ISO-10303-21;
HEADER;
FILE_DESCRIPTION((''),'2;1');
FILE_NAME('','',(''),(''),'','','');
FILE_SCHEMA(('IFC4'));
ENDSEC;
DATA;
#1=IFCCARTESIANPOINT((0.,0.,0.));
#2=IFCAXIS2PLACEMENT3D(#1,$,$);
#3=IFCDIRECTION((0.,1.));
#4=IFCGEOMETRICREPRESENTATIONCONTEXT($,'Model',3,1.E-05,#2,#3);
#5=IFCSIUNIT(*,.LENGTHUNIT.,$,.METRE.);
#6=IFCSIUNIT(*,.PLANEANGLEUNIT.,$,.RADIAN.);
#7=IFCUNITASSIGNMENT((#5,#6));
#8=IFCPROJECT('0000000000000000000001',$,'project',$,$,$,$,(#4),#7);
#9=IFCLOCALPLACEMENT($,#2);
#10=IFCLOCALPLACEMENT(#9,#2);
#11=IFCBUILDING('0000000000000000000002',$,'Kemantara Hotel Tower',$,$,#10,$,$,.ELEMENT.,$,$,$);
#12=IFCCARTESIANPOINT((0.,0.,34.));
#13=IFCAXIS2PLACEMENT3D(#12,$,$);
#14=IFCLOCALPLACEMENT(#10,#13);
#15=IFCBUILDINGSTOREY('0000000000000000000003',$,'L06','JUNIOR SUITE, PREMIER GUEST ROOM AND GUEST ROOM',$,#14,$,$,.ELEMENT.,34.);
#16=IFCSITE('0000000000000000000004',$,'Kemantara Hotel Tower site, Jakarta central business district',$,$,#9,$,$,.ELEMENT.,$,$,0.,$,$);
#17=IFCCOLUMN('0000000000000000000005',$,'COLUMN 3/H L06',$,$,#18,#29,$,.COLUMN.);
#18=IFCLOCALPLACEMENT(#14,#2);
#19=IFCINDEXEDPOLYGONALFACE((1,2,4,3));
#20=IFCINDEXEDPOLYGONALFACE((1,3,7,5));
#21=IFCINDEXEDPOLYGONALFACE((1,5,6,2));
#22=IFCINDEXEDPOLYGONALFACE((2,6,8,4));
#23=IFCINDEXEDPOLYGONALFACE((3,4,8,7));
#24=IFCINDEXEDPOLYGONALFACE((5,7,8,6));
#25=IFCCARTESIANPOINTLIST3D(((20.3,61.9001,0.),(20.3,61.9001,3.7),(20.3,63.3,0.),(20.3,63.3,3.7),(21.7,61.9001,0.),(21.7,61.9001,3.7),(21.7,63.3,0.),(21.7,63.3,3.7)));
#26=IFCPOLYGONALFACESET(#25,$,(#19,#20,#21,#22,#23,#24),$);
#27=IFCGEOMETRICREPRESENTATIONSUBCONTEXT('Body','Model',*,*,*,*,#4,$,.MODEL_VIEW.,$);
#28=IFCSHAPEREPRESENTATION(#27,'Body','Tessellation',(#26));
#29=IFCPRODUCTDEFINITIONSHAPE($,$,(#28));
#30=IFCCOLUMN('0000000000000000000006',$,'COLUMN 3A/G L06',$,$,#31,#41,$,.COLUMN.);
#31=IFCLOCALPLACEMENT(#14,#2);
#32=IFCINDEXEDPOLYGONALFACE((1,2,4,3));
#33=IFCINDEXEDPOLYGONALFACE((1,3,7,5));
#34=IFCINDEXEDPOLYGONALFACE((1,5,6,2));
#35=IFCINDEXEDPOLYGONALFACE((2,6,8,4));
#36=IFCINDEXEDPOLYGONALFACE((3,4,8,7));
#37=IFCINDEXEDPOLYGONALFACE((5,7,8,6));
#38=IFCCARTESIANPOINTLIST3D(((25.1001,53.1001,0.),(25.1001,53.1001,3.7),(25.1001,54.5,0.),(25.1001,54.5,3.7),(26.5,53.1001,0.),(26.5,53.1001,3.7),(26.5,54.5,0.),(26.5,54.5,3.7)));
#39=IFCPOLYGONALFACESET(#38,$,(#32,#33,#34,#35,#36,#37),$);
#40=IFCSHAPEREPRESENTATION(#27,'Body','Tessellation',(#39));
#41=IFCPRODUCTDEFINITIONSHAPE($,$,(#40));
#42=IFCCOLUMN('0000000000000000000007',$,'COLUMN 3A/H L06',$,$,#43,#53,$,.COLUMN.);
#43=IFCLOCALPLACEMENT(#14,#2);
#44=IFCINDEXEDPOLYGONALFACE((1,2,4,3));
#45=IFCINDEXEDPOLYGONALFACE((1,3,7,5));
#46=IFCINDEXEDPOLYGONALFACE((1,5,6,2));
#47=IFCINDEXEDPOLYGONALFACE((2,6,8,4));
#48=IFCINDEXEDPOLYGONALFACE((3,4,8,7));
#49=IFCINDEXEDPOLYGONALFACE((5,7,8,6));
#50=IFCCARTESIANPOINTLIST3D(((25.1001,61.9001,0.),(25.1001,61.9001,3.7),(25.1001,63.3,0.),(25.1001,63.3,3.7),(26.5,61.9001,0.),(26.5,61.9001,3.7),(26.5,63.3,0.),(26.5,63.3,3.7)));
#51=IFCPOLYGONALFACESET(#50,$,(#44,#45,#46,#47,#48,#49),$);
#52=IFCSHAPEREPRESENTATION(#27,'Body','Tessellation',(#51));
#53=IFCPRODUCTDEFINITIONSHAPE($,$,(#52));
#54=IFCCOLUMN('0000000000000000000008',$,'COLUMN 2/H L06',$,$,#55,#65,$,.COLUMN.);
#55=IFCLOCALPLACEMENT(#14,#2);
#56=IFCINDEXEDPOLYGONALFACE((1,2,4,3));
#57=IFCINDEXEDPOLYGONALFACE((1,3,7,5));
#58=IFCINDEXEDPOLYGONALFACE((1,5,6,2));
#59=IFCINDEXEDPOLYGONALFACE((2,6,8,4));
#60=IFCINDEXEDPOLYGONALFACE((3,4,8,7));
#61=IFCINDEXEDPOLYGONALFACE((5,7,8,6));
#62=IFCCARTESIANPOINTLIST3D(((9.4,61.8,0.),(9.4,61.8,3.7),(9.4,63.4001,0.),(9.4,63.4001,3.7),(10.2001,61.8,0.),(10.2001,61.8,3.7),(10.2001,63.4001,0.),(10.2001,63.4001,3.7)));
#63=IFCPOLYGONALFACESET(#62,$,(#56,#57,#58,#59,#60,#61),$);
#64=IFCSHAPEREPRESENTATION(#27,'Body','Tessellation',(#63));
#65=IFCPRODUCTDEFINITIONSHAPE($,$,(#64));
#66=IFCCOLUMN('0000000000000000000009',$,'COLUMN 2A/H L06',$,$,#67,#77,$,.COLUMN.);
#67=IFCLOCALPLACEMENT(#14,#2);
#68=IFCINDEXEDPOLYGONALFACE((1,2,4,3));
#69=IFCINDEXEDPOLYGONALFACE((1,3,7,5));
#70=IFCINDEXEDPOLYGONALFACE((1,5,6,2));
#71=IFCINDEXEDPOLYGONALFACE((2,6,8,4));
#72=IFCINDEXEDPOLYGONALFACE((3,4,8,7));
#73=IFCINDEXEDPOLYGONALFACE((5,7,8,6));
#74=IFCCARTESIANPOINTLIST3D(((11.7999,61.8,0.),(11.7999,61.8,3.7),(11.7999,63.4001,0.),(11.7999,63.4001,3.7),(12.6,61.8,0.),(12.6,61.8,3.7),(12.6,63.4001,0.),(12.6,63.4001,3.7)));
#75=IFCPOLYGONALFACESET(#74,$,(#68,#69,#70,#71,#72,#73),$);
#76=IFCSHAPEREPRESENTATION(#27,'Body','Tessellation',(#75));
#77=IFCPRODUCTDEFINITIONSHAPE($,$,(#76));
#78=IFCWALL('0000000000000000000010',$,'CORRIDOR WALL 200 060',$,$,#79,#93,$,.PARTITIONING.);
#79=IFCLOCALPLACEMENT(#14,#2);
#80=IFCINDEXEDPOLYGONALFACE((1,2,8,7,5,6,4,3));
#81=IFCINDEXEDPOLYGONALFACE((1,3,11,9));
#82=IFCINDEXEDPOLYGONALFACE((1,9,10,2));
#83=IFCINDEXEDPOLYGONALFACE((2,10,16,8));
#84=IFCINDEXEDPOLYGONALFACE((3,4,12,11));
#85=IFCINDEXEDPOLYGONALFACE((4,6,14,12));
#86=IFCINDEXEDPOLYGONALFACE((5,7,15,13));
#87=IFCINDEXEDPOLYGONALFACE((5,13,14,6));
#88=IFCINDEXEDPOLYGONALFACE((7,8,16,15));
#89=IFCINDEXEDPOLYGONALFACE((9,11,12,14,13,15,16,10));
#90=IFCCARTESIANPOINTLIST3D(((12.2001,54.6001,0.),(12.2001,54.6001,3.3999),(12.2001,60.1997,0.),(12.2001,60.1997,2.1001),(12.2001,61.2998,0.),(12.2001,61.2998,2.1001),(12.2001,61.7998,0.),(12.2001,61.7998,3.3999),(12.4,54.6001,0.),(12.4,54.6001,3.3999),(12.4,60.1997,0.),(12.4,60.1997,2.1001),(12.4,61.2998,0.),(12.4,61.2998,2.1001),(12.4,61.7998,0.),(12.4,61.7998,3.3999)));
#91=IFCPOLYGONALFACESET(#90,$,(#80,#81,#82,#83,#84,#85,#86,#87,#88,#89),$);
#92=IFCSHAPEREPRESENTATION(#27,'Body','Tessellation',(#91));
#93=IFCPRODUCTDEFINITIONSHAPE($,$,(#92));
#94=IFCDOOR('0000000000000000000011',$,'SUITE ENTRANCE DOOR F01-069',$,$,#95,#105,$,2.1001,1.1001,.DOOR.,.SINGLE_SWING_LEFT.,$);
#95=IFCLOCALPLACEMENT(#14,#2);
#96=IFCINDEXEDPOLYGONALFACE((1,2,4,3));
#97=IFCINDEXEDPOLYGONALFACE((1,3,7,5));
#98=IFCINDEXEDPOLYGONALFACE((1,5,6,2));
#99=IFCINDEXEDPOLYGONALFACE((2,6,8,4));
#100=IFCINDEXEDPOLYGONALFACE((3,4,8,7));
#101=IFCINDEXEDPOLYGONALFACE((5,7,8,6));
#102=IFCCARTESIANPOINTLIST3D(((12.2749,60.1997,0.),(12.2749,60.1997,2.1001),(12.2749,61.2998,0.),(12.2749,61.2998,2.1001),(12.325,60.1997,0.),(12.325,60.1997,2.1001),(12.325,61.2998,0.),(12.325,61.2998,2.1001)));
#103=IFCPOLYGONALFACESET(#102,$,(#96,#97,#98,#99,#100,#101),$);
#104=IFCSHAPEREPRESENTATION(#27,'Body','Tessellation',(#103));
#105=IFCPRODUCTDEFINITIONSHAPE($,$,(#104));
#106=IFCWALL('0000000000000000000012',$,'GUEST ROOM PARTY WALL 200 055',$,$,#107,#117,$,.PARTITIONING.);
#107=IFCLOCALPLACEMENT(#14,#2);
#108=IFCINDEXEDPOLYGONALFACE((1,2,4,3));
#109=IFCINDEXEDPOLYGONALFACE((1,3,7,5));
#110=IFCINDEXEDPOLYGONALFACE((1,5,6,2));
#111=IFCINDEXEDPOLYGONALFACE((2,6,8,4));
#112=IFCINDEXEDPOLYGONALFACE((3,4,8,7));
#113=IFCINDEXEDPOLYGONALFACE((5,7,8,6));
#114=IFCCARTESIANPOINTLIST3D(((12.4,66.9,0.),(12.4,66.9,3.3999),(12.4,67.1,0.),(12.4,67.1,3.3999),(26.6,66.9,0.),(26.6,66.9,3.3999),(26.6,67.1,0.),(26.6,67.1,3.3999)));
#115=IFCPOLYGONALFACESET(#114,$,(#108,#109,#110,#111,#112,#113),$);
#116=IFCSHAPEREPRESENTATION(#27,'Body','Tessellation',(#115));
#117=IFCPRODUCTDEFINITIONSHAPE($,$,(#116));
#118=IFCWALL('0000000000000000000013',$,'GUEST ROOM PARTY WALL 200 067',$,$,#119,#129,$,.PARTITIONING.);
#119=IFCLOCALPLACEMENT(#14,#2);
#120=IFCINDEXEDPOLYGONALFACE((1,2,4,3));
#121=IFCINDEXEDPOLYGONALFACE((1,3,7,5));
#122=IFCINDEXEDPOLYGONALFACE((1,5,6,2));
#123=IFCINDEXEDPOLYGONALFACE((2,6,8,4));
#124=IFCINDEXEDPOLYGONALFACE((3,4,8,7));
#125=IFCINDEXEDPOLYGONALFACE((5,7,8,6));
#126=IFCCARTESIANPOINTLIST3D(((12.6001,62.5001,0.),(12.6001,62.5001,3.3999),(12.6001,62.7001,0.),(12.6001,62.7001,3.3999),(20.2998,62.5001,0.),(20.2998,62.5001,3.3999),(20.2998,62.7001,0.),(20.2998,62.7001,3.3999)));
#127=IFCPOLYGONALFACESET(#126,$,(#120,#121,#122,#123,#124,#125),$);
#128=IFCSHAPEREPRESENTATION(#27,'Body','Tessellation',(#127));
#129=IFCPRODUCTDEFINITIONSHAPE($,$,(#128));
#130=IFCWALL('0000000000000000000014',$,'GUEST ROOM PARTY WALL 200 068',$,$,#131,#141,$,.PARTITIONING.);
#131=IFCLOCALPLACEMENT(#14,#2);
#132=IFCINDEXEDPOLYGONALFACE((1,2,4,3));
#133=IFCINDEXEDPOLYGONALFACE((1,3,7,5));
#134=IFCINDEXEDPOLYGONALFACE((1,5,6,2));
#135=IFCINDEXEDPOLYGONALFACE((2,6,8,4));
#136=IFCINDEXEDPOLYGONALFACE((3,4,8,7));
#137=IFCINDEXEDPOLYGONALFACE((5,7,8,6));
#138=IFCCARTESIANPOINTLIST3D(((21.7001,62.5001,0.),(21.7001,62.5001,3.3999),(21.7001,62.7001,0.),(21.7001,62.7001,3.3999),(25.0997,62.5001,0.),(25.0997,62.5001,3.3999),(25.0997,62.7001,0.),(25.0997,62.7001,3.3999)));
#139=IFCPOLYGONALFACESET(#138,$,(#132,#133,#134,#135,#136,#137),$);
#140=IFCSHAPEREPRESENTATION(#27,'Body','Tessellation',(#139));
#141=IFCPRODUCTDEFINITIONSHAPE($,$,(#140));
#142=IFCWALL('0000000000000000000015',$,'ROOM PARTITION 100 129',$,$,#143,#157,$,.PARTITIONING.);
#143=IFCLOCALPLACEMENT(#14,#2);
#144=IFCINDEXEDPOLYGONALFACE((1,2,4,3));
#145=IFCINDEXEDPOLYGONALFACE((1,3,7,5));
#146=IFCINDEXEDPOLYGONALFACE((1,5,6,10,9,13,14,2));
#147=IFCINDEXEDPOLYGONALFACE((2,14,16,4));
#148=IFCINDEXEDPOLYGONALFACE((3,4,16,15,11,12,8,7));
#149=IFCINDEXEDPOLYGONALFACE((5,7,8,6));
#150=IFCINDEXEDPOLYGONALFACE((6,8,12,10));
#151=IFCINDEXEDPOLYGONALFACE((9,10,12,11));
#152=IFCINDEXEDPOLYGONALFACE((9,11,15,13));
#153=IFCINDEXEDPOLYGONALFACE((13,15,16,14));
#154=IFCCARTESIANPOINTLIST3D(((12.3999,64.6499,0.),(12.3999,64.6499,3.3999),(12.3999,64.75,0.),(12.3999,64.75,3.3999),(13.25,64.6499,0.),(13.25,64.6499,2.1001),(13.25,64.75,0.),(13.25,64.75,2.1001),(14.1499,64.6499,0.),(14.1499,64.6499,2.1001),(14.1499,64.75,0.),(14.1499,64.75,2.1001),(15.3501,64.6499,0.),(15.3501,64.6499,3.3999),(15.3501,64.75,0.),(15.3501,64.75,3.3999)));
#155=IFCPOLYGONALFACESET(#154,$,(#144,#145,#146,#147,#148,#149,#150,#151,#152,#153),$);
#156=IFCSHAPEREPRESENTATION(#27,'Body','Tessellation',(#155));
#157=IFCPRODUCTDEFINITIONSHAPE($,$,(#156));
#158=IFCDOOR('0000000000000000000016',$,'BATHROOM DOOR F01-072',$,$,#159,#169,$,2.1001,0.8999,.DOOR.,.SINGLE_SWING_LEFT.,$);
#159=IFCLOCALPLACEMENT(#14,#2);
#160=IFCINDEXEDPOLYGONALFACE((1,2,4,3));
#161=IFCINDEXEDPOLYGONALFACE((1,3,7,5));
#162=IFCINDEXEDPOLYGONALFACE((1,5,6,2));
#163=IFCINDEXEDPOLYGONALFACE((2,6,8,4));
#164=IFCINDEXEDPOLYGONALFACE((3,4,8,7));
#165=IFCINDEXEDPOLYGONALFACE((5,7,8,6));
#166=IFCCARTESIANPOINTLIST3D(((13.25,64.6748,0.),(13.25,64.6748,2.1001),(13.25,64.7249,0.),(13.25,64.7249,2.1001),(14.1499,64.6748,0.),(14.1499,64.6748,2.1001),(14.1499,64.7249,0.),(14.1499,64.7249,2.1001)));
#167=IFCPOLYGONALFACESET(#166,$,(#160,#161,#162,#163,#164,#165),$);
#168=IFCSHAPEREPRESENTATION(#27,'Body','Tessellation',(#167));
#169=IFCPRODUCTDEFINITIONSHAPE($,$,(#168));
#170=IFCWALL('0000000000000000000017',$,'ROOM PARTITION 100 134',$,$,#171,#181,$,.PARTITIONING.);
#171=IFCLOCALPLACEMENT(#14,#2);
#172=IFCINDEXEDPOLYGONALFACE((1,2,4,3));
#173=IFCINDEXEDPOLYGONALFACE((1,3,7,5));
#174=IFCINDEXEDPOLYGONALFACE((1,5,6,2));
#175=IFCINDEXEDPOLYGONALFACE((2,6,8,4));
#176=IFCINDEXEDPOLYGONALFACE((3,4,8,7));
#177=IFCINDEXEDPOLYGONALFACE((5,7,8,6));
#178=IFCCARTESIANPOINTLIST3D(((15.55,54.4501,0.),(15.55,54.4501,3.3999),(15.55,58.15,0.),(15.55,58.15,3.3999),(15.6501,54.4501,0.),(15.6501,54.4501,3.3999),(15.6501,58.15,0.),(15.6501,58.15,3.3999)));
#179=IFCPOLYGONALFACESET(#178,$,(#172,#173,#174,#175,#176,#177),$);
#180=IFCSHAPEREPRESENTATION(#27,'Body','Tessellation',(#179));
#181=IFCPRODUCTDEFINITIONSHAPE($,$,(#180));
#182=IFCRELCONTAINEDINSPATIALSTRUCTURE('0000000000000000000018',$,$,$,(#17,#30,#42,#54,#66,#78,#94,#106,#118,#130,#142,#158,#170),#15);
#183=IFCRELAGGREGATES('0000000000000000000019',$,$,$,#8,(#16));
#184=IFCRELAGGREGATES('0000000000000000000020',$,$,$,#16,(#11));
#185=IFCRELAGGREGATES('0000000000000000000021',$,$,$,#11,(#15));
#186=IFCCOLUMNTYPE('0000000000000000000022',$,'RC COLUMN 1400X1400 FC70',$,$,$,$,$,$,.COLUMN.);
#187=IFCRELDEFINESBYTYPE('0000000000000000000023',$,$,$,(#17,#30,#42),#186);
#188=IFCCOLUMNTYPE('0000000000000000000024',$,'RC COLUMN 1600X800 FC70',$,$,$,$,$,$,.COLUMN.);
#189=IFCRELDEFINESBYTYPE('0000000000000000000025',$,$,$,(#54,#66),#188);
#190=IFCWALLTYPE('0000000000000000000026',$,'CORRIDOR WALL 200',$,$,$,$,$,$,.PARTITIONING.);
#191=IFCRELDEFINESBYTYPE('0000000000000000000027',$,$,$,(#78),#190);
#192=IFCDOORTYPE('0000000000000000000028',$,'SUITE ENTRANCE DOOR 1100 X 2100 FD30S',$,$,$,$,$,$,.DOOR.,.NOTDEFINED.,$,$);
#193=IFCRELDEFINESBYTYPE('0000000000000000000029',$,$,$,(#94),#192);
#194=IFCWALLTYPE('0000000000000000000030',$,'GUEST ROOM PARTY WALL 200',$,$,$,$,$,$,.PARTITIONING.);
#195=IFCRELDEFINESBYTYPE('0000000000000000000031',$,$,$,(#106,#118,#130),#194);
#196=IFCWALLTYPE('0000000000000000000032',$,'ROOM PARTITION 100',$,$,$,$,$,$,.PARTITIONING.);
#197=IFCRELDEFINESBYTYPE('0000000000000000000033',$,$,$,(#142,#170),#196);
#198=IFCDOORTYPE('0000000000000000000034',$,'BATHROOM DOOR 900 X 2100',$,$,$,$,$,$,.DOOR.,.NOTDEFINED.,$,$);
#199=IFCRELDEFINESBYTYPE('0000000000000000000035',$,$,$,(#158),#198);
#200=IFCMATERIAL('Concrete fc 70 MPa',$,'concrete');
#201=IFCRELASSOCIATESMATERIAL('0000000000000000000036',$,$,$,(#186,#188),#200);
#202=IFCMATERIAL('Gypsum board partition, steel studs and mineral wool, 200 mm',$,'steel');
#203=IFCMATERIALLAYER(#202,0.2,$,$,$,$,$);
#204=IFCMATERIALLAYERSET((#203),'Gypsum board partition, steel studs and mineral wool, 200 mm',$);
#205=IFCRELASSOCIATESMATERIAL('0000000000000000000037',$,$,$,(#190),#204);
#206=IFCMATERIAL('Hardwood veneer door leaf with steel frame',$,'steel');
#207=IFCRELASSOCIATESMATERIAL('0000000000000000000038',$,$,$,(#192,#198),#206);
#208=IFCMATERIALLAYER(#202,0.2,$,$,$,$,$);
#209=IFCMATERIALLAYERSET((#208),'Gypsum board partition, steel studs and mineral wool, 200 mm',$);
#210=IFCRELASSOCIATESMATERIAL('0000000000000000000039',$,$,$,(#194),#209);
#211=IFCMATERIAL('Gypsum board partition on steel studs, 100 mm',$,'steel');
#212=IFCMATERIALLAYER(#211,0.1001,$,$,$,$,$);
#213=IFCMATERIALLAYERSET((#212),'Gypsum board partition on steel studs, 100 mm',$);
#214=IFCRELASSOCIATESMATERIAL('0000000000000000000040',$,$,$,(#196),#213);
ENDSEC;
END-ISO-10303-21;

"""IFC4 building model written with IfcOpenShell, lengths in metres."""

from ifc_helpers import new_model, si_unit, direction, frame, frame_2d, origin, origin_2d, place, context, subcontext, project, spatial, rectangle, extrude, material, layer, layer_set, material_profile, profile_set, type_object, element, fill, save


model = new_model("IFC4")

# Units and contexts
model_context = context("Model", 3, precision=1e-05, world=origin(), true_north=direction((0.0, 1.0)))
body_context = subcontext(model_context, "Body", "Model", "MODEL_VIEW")
ifc_project = project(units=[si_unit("LENGTHUNIT", "METRE"), si_unit("PLANEANGLEUNIT", "RADIAN")], contexts=[model_context])

# Site, building, storey
site_placement = place(None, origin())
site = spatial("IfcSite", under=ifc_project, at=site_placement, Name="Kemantara Hotel Tower site, Jakarta central business district", CompositionType="ELEMENT", RefElevation=0.0)
building_placement = place(site_placement, origin())
building = spatial("IfcBuilding", under=site, at=building_placement, Name="Kemantara Hotel Tower", CompositionType="ELEMENT")
storey_placement = place(building_placement, frame((0.0, 0.0, 34.0)))
storey = spatial("IfcBuildingStorey", under=building, at=storey_placement, Name="L06", Description="JUNIOR SUITE, PREMIER GUEST ROOM AND GUEST ROOM", CompositionType="ELEMENT", Elevation=34.0)

# Columns
ifc_material_1 = material(Name="Concrete fc 70 MPa", Category="concrete")
ifc_material_profile_1 = material_profile(ifc_material_1, rectangle(XDim=1.3999, YDim=1.3999, at=origin_2d()), Name="RC 1400X1400")
ifc_profile_set_1 = profile_set([ifc_material_profile_1], Name="Concrete fc 70 MPa")
column_type_1 = type_object("IfcColumnType", Name="RC COLUMN 1400X1400 FC70", PredefinedType="COLUMN", material=ifc_profile_set_1)
for number, where, z_axis, x_axis, name in (
    (1, (21.0, 62.6001, 0.0), (0.0, 0.0, 1.0), (1.0, 0.0, 0.0), "COLUMN 3/H L06"),
    (2, (25.8, 53.8, 0.0), (0.0, 0.0, 1.0), (1.0, 0.0, 0.0), "COLUMN 3A/G L06"),
    (3, (25.8, 62.6001, 0.0), (0.0, 0.0, 1.0), (1.0, 0.0, 0.0), "COLUMN 3A/H L06"),
):
    element("IfcColumn", number, at=place(storey_placement, frame(where, z_axis=z_axis, x_axis=x_axis)), inside=storey, type_object=column_type_1, Name=name, PredefinedType="COLUMN", context=body_context, shape_type="SweptSolid", body=[
        extrude(rectangle(XDim=1.3999, YDim=1.3999, at=origin_2d()), origin(), (0.0, 0.0, 1.0), 3.7),
    ])
ifc_material_profile_2 = material_profile(ifc_material_1, rectangle(XDim=1.6001, YDim=0.8, at=origin_2d()), Name="RC 1600X800")
ifc_profile_set_2 = profile_set([ifc_material_profile_2], Name="Concrete fc 70 MPa")
column_type_2 = type_object("IfcColumnType", Name="RC COLUMN 1600X800 FC70", PredefinedType="COLUMN", material=ifc_profile_set_2)
for number, where, z_axis, x_axis, name in (
    (4, (9.8, 62.6001, 0.0), (0.0, 0.0, 1.0), (0.0, 1.0, 0.0), "COLUMN 2/H L06"),
    (5, (12.2, 62.6001, 0.0), (0.0, 0.0, 1.0), (0.0, 1.0, 0.0), "COLUMN 2A/H L06"),
):
    element("IfcColumn", number, at=place(storey_placement, frame(where, z_axis=z_axis, x_axis=x_axis)), inside=storey, type_object=column_type_2, Name=name, PredefinedType="COLUMN", context=body_context, shape_type="SweptSolid", body=[
        extrude(rectangle(XDim=1.6001, YDim=0.8, at=origin_2d()), origin(), (0.0, 0.0, 1.0), 3.7),
    ])

# Wall, opening, door
ifc_material_2 = material(Name="Gypsum board partition, steel studs and mineral wool, 200 mm", Category="steel")
ifc_layer_1 = layer(ifc_material_2, 0.2)
ifc_layer_set_1 = layer_set([ifc_layer_1], Name="Gypsum board partition, steel studs and mineral wool, 200 mm")
wall_type_1 = type_object("IfcWallType", Name="CORRIDOR WALL 200", PredefinedType="PARTITIONING", material=ifc_layer_set_1)
wall_1_placement = place(storey_placement, frame((12.3, 61.7998, 0.0), z_axis=(0.0, 0.0, 1.0), x_axis=(0.0, -1.0, 0.0)))
wall_1 = element("IfcWall", 6, at=wall_1_placement, inside=storey, type_object=wall_type_1, Name="CORRIDOR WALL 200 060", PredefinedType="PARTITIONING", context=body_context, shape_type="SweptSolid", body=[
    extrude(rectangle(XDim=7.1997, YDim=0.2, at=frame_2d((3.5999, 0.0))), origin(), (0.0, 0.0, 1.0), 3.3999),
])
opening_1_placement = place(wall_1_placement, frame((0.5, 0.0, 0.0)))
opening_1 = element("IfcOpeningElement", 7, at=opening_1_placement, cuts=wall_1, PredefinedType="OPENING", context=body_context, shape_type="SweptSolid", body=[
    extrude(rectangle(XDim=1.1001, YDim=2.1001, at=frame_2d((0.55, 1.05))), frame((0.0, 0.1099, 0.0), z_axis=(0.0, -1.0, 0.0), x_axis=(1.0, 0.0, 0.0)), (0.0, 0.0, 1.0), 0.22),
])
ifc_material_3 = material(Name="Hardwood veneer door leaf with steel frame", Category="steel")
door_type_1 = type_object("IfcDoorType", Name="SUITE ENTRANCE DOOR 1100 X 2100 FD30S", OperationType="NOTDEFINED", PredefinedType="DOOR", material=ifc_material_3)
door_1_placement = place(opening_1_placement, origin())
door_1 = element("IfcDoor", 8, at=door_1_placement, inside=storey, type_object=door_type_1, Name="SUITE ENTRANCE DOOR F01-069", OperationType="SINGLE_SWING_LEFT", OverallHeight=2.1001, OverallWidth=1.1001, PredefinedType="DOOR", context=body_context, shape_type="SweptSolid", body=[
    extrude(rectangle(XDim=1.1001, YDim=2.1001, at=frame_2d((0.55, 1.05))), frame((0.0, 0.0249, 0.0), z_axis=(0.0, -1.0, 0.0), x_axis=(1.0, 0.0, 0.0)), (0.0, 0.0, 1.0), 0.05),
])
fill(opening_1, door_1)

# Walls
ifc_layer_2 = layer(ifc_material_2, 0.2)
ifc_layer_set_2 = layer_set([ifc_layer_2], Name="Gypsum board partition, steel studs and mineral wool, 200 mm")
wall_type_2 = type_object("IfcWallType", Name="GUEST ROOM PARTY WALL 200", PredefinedType="PARTITIONING", material=ifc_layer_set_2)
wall_2_placement = place(storey_placement, frame((12.3999, 67.0, 0.0), z_axis=(0.0, 0.0, 1.0), x_axis=(1.0, 0.0, 0.0)))
element("IfcWall", 9, at=wall_2_placement, inside=storey, type_object=wall_type_2, Name="GUEST ROOM PARTY WALL 200 055", PredefinedType="PARTITIONING", context=body_context, shape_type="SweptSolid", body=[
    extrude(rectangle(XDim=14.2, YDim=0.2, at=frame_2d((7.1001, 0.0))), origin(), (0.0, 0.0, 1.0), 3.3999),
])
wall_3_placement = place(storey_placement, frame((12.6001, 62.6001, 0.0), z_axis=(0.0, 0.0, 1.0), x_axis=(1.0, 0.0, 0.0)))
element("IfcWall", 10, at=wall_3_placement, inside=storey, type_object=wall_type_2, Name="GUEST ROOM PARTY WALL 200 067", PredefinedType="PARTITIONING", context=body_context, shape_type="SweptSolid", body=[
    extrude(rectangle(XDim=7.6997, YDim=0.2, at=frame_2d((3.8499, 0.0))), origin(), (0.0, 0.0, 1.0), 3.3999),
])
wall_4_placement = place(storey_placement, frame((21.7002, 62.6001, 0.0), z_axis=(0.0, 0.0, 1.0), x_axis=(1.0, 0.0, 0.0)))
element("IfcWall", 11, at=wall_4_placement, inside=storey, type_object=wall_type_2, Name="GUEST ROOM PARTY WALL 200 068", PredefinedType="PARTITIONING", context=body_context, shape_type="SweptSolid", body=[
    extrude(rectangle(XDim=3.3997, YDim=0.2, at=frame_2d((1.6997, 0.0))), origin(), (0.0, 0.0, 1.0), 3.3999),
])

# Wall, opening, door
ifc_material_4 = material(Name="Gypsum board partition on steel studs, 100 mm", Category="steel")
ifc_layer_3 = layer(ifc_material_4, 0.1001)
ifc_layer_set_3 = layer_set([ifc_layer_3], Name="Gypsum board partition on steel studs, 100 mm")
wall_type_3 = type_object("IfcWallType", Name="ROOM PARTITION 100", PredefinedType="PARTITIONING", material=ifc_layer_set_3)
wall_5_placement = place(storey_placement, frame((12.3999, 64.7, 0.0), z_axis=(0.0, 0.0, 1.0), x_axis=(1.0, 0.0, 0.0)))
wall_5 = element("IfcWall", 12, at=wall_5_placement, inside=storey, type_object=wall_type_3, Name="ROOM PARTITION 100 129", PredefinedType="PARTITIONING", context=body_context, shape_type="SweptSolid", body=[
    extrude(rectangle(XDim=2.9502, YDim=0.1001, at=frame_2d((1.4751, 0.0))), origin(), (0.0, 0.0, 1.0), 3.3999),
])
opening_2_placement = place(wall_5_placement, frame((0.8501, 0.0, 0.0)))
opening_2 = element("IfcOpeningElement", 13, at=opening_2_placement, cuts=wall_5, PredefinedType="OPENING", context=body_context, shape_type="SweptSolid", body=[
    extrude(rectangle(XDim=0.8999, YDim=2.1001, at=frame_2d((0.45, 1.05))), frame((0.0, 0.0601, 0.0), z_axis=(0.0, -1.0, 0.0), x_axis=(1.0, 0.0, 0.0)), (0.0, 0.0, 1.0), 0.1201),
])
door_type_2 = type_object("IfcDoorType", Name="BATHROOM DOOR 900 X 2100", OperationType="NOTDEFINED", PredefinedType="DOOR", material=ifc_material_3)
door_2_placement = place(opening_2_placement, origin())
door_2 = element("IfcDoor", 14, at=door_2_placement, inside=storey, type_object=door_type_2, Name="BATHROOM DOOR F01-072", OperationType="SINGLE_SWING_LEFT", OverallHeight=2.1001, OverallWidth=0.8999, PredefinedType="DOOR", context=body_context, shape_type="SweptSolid", body=[
    extrude(rectangle(XDim=0.8999, YDim=2.1001, at=frame_2d((0.45, 1.05))), frame((0.0, 0.0249, 0.0), z_axis=(0.0, -1.0, 0.0), x_axis=(1.0, 0.0, 0.0)), (0.0, 0.0, 1.0), 0.05),
])
fill(opening_2, door_2)

# Wall
wall_6_placement = place(storey_placement, frame((15.6001, 54.45, 0.0), z_axis=(0.0, 0.0, 1.0), x_axis=(0.0, 1.0, 0.0)))
element("IfcWall", 15, at=wall_6_placement, inside=storey, type_object=wall_type_3, Name="ROOM PARTITION 100 134", PredefinedType="PARTITIONING", context=body_context, shape_type="SweptSolid", body=[
    extrude(rectangle(XDim=3.7, YDim=0.1001, at=frame_2d((1.8501, 0.0))), origin(), (0.0, 0.0, 1.0), 3.3999),
])

save(model, "model.ifc")
